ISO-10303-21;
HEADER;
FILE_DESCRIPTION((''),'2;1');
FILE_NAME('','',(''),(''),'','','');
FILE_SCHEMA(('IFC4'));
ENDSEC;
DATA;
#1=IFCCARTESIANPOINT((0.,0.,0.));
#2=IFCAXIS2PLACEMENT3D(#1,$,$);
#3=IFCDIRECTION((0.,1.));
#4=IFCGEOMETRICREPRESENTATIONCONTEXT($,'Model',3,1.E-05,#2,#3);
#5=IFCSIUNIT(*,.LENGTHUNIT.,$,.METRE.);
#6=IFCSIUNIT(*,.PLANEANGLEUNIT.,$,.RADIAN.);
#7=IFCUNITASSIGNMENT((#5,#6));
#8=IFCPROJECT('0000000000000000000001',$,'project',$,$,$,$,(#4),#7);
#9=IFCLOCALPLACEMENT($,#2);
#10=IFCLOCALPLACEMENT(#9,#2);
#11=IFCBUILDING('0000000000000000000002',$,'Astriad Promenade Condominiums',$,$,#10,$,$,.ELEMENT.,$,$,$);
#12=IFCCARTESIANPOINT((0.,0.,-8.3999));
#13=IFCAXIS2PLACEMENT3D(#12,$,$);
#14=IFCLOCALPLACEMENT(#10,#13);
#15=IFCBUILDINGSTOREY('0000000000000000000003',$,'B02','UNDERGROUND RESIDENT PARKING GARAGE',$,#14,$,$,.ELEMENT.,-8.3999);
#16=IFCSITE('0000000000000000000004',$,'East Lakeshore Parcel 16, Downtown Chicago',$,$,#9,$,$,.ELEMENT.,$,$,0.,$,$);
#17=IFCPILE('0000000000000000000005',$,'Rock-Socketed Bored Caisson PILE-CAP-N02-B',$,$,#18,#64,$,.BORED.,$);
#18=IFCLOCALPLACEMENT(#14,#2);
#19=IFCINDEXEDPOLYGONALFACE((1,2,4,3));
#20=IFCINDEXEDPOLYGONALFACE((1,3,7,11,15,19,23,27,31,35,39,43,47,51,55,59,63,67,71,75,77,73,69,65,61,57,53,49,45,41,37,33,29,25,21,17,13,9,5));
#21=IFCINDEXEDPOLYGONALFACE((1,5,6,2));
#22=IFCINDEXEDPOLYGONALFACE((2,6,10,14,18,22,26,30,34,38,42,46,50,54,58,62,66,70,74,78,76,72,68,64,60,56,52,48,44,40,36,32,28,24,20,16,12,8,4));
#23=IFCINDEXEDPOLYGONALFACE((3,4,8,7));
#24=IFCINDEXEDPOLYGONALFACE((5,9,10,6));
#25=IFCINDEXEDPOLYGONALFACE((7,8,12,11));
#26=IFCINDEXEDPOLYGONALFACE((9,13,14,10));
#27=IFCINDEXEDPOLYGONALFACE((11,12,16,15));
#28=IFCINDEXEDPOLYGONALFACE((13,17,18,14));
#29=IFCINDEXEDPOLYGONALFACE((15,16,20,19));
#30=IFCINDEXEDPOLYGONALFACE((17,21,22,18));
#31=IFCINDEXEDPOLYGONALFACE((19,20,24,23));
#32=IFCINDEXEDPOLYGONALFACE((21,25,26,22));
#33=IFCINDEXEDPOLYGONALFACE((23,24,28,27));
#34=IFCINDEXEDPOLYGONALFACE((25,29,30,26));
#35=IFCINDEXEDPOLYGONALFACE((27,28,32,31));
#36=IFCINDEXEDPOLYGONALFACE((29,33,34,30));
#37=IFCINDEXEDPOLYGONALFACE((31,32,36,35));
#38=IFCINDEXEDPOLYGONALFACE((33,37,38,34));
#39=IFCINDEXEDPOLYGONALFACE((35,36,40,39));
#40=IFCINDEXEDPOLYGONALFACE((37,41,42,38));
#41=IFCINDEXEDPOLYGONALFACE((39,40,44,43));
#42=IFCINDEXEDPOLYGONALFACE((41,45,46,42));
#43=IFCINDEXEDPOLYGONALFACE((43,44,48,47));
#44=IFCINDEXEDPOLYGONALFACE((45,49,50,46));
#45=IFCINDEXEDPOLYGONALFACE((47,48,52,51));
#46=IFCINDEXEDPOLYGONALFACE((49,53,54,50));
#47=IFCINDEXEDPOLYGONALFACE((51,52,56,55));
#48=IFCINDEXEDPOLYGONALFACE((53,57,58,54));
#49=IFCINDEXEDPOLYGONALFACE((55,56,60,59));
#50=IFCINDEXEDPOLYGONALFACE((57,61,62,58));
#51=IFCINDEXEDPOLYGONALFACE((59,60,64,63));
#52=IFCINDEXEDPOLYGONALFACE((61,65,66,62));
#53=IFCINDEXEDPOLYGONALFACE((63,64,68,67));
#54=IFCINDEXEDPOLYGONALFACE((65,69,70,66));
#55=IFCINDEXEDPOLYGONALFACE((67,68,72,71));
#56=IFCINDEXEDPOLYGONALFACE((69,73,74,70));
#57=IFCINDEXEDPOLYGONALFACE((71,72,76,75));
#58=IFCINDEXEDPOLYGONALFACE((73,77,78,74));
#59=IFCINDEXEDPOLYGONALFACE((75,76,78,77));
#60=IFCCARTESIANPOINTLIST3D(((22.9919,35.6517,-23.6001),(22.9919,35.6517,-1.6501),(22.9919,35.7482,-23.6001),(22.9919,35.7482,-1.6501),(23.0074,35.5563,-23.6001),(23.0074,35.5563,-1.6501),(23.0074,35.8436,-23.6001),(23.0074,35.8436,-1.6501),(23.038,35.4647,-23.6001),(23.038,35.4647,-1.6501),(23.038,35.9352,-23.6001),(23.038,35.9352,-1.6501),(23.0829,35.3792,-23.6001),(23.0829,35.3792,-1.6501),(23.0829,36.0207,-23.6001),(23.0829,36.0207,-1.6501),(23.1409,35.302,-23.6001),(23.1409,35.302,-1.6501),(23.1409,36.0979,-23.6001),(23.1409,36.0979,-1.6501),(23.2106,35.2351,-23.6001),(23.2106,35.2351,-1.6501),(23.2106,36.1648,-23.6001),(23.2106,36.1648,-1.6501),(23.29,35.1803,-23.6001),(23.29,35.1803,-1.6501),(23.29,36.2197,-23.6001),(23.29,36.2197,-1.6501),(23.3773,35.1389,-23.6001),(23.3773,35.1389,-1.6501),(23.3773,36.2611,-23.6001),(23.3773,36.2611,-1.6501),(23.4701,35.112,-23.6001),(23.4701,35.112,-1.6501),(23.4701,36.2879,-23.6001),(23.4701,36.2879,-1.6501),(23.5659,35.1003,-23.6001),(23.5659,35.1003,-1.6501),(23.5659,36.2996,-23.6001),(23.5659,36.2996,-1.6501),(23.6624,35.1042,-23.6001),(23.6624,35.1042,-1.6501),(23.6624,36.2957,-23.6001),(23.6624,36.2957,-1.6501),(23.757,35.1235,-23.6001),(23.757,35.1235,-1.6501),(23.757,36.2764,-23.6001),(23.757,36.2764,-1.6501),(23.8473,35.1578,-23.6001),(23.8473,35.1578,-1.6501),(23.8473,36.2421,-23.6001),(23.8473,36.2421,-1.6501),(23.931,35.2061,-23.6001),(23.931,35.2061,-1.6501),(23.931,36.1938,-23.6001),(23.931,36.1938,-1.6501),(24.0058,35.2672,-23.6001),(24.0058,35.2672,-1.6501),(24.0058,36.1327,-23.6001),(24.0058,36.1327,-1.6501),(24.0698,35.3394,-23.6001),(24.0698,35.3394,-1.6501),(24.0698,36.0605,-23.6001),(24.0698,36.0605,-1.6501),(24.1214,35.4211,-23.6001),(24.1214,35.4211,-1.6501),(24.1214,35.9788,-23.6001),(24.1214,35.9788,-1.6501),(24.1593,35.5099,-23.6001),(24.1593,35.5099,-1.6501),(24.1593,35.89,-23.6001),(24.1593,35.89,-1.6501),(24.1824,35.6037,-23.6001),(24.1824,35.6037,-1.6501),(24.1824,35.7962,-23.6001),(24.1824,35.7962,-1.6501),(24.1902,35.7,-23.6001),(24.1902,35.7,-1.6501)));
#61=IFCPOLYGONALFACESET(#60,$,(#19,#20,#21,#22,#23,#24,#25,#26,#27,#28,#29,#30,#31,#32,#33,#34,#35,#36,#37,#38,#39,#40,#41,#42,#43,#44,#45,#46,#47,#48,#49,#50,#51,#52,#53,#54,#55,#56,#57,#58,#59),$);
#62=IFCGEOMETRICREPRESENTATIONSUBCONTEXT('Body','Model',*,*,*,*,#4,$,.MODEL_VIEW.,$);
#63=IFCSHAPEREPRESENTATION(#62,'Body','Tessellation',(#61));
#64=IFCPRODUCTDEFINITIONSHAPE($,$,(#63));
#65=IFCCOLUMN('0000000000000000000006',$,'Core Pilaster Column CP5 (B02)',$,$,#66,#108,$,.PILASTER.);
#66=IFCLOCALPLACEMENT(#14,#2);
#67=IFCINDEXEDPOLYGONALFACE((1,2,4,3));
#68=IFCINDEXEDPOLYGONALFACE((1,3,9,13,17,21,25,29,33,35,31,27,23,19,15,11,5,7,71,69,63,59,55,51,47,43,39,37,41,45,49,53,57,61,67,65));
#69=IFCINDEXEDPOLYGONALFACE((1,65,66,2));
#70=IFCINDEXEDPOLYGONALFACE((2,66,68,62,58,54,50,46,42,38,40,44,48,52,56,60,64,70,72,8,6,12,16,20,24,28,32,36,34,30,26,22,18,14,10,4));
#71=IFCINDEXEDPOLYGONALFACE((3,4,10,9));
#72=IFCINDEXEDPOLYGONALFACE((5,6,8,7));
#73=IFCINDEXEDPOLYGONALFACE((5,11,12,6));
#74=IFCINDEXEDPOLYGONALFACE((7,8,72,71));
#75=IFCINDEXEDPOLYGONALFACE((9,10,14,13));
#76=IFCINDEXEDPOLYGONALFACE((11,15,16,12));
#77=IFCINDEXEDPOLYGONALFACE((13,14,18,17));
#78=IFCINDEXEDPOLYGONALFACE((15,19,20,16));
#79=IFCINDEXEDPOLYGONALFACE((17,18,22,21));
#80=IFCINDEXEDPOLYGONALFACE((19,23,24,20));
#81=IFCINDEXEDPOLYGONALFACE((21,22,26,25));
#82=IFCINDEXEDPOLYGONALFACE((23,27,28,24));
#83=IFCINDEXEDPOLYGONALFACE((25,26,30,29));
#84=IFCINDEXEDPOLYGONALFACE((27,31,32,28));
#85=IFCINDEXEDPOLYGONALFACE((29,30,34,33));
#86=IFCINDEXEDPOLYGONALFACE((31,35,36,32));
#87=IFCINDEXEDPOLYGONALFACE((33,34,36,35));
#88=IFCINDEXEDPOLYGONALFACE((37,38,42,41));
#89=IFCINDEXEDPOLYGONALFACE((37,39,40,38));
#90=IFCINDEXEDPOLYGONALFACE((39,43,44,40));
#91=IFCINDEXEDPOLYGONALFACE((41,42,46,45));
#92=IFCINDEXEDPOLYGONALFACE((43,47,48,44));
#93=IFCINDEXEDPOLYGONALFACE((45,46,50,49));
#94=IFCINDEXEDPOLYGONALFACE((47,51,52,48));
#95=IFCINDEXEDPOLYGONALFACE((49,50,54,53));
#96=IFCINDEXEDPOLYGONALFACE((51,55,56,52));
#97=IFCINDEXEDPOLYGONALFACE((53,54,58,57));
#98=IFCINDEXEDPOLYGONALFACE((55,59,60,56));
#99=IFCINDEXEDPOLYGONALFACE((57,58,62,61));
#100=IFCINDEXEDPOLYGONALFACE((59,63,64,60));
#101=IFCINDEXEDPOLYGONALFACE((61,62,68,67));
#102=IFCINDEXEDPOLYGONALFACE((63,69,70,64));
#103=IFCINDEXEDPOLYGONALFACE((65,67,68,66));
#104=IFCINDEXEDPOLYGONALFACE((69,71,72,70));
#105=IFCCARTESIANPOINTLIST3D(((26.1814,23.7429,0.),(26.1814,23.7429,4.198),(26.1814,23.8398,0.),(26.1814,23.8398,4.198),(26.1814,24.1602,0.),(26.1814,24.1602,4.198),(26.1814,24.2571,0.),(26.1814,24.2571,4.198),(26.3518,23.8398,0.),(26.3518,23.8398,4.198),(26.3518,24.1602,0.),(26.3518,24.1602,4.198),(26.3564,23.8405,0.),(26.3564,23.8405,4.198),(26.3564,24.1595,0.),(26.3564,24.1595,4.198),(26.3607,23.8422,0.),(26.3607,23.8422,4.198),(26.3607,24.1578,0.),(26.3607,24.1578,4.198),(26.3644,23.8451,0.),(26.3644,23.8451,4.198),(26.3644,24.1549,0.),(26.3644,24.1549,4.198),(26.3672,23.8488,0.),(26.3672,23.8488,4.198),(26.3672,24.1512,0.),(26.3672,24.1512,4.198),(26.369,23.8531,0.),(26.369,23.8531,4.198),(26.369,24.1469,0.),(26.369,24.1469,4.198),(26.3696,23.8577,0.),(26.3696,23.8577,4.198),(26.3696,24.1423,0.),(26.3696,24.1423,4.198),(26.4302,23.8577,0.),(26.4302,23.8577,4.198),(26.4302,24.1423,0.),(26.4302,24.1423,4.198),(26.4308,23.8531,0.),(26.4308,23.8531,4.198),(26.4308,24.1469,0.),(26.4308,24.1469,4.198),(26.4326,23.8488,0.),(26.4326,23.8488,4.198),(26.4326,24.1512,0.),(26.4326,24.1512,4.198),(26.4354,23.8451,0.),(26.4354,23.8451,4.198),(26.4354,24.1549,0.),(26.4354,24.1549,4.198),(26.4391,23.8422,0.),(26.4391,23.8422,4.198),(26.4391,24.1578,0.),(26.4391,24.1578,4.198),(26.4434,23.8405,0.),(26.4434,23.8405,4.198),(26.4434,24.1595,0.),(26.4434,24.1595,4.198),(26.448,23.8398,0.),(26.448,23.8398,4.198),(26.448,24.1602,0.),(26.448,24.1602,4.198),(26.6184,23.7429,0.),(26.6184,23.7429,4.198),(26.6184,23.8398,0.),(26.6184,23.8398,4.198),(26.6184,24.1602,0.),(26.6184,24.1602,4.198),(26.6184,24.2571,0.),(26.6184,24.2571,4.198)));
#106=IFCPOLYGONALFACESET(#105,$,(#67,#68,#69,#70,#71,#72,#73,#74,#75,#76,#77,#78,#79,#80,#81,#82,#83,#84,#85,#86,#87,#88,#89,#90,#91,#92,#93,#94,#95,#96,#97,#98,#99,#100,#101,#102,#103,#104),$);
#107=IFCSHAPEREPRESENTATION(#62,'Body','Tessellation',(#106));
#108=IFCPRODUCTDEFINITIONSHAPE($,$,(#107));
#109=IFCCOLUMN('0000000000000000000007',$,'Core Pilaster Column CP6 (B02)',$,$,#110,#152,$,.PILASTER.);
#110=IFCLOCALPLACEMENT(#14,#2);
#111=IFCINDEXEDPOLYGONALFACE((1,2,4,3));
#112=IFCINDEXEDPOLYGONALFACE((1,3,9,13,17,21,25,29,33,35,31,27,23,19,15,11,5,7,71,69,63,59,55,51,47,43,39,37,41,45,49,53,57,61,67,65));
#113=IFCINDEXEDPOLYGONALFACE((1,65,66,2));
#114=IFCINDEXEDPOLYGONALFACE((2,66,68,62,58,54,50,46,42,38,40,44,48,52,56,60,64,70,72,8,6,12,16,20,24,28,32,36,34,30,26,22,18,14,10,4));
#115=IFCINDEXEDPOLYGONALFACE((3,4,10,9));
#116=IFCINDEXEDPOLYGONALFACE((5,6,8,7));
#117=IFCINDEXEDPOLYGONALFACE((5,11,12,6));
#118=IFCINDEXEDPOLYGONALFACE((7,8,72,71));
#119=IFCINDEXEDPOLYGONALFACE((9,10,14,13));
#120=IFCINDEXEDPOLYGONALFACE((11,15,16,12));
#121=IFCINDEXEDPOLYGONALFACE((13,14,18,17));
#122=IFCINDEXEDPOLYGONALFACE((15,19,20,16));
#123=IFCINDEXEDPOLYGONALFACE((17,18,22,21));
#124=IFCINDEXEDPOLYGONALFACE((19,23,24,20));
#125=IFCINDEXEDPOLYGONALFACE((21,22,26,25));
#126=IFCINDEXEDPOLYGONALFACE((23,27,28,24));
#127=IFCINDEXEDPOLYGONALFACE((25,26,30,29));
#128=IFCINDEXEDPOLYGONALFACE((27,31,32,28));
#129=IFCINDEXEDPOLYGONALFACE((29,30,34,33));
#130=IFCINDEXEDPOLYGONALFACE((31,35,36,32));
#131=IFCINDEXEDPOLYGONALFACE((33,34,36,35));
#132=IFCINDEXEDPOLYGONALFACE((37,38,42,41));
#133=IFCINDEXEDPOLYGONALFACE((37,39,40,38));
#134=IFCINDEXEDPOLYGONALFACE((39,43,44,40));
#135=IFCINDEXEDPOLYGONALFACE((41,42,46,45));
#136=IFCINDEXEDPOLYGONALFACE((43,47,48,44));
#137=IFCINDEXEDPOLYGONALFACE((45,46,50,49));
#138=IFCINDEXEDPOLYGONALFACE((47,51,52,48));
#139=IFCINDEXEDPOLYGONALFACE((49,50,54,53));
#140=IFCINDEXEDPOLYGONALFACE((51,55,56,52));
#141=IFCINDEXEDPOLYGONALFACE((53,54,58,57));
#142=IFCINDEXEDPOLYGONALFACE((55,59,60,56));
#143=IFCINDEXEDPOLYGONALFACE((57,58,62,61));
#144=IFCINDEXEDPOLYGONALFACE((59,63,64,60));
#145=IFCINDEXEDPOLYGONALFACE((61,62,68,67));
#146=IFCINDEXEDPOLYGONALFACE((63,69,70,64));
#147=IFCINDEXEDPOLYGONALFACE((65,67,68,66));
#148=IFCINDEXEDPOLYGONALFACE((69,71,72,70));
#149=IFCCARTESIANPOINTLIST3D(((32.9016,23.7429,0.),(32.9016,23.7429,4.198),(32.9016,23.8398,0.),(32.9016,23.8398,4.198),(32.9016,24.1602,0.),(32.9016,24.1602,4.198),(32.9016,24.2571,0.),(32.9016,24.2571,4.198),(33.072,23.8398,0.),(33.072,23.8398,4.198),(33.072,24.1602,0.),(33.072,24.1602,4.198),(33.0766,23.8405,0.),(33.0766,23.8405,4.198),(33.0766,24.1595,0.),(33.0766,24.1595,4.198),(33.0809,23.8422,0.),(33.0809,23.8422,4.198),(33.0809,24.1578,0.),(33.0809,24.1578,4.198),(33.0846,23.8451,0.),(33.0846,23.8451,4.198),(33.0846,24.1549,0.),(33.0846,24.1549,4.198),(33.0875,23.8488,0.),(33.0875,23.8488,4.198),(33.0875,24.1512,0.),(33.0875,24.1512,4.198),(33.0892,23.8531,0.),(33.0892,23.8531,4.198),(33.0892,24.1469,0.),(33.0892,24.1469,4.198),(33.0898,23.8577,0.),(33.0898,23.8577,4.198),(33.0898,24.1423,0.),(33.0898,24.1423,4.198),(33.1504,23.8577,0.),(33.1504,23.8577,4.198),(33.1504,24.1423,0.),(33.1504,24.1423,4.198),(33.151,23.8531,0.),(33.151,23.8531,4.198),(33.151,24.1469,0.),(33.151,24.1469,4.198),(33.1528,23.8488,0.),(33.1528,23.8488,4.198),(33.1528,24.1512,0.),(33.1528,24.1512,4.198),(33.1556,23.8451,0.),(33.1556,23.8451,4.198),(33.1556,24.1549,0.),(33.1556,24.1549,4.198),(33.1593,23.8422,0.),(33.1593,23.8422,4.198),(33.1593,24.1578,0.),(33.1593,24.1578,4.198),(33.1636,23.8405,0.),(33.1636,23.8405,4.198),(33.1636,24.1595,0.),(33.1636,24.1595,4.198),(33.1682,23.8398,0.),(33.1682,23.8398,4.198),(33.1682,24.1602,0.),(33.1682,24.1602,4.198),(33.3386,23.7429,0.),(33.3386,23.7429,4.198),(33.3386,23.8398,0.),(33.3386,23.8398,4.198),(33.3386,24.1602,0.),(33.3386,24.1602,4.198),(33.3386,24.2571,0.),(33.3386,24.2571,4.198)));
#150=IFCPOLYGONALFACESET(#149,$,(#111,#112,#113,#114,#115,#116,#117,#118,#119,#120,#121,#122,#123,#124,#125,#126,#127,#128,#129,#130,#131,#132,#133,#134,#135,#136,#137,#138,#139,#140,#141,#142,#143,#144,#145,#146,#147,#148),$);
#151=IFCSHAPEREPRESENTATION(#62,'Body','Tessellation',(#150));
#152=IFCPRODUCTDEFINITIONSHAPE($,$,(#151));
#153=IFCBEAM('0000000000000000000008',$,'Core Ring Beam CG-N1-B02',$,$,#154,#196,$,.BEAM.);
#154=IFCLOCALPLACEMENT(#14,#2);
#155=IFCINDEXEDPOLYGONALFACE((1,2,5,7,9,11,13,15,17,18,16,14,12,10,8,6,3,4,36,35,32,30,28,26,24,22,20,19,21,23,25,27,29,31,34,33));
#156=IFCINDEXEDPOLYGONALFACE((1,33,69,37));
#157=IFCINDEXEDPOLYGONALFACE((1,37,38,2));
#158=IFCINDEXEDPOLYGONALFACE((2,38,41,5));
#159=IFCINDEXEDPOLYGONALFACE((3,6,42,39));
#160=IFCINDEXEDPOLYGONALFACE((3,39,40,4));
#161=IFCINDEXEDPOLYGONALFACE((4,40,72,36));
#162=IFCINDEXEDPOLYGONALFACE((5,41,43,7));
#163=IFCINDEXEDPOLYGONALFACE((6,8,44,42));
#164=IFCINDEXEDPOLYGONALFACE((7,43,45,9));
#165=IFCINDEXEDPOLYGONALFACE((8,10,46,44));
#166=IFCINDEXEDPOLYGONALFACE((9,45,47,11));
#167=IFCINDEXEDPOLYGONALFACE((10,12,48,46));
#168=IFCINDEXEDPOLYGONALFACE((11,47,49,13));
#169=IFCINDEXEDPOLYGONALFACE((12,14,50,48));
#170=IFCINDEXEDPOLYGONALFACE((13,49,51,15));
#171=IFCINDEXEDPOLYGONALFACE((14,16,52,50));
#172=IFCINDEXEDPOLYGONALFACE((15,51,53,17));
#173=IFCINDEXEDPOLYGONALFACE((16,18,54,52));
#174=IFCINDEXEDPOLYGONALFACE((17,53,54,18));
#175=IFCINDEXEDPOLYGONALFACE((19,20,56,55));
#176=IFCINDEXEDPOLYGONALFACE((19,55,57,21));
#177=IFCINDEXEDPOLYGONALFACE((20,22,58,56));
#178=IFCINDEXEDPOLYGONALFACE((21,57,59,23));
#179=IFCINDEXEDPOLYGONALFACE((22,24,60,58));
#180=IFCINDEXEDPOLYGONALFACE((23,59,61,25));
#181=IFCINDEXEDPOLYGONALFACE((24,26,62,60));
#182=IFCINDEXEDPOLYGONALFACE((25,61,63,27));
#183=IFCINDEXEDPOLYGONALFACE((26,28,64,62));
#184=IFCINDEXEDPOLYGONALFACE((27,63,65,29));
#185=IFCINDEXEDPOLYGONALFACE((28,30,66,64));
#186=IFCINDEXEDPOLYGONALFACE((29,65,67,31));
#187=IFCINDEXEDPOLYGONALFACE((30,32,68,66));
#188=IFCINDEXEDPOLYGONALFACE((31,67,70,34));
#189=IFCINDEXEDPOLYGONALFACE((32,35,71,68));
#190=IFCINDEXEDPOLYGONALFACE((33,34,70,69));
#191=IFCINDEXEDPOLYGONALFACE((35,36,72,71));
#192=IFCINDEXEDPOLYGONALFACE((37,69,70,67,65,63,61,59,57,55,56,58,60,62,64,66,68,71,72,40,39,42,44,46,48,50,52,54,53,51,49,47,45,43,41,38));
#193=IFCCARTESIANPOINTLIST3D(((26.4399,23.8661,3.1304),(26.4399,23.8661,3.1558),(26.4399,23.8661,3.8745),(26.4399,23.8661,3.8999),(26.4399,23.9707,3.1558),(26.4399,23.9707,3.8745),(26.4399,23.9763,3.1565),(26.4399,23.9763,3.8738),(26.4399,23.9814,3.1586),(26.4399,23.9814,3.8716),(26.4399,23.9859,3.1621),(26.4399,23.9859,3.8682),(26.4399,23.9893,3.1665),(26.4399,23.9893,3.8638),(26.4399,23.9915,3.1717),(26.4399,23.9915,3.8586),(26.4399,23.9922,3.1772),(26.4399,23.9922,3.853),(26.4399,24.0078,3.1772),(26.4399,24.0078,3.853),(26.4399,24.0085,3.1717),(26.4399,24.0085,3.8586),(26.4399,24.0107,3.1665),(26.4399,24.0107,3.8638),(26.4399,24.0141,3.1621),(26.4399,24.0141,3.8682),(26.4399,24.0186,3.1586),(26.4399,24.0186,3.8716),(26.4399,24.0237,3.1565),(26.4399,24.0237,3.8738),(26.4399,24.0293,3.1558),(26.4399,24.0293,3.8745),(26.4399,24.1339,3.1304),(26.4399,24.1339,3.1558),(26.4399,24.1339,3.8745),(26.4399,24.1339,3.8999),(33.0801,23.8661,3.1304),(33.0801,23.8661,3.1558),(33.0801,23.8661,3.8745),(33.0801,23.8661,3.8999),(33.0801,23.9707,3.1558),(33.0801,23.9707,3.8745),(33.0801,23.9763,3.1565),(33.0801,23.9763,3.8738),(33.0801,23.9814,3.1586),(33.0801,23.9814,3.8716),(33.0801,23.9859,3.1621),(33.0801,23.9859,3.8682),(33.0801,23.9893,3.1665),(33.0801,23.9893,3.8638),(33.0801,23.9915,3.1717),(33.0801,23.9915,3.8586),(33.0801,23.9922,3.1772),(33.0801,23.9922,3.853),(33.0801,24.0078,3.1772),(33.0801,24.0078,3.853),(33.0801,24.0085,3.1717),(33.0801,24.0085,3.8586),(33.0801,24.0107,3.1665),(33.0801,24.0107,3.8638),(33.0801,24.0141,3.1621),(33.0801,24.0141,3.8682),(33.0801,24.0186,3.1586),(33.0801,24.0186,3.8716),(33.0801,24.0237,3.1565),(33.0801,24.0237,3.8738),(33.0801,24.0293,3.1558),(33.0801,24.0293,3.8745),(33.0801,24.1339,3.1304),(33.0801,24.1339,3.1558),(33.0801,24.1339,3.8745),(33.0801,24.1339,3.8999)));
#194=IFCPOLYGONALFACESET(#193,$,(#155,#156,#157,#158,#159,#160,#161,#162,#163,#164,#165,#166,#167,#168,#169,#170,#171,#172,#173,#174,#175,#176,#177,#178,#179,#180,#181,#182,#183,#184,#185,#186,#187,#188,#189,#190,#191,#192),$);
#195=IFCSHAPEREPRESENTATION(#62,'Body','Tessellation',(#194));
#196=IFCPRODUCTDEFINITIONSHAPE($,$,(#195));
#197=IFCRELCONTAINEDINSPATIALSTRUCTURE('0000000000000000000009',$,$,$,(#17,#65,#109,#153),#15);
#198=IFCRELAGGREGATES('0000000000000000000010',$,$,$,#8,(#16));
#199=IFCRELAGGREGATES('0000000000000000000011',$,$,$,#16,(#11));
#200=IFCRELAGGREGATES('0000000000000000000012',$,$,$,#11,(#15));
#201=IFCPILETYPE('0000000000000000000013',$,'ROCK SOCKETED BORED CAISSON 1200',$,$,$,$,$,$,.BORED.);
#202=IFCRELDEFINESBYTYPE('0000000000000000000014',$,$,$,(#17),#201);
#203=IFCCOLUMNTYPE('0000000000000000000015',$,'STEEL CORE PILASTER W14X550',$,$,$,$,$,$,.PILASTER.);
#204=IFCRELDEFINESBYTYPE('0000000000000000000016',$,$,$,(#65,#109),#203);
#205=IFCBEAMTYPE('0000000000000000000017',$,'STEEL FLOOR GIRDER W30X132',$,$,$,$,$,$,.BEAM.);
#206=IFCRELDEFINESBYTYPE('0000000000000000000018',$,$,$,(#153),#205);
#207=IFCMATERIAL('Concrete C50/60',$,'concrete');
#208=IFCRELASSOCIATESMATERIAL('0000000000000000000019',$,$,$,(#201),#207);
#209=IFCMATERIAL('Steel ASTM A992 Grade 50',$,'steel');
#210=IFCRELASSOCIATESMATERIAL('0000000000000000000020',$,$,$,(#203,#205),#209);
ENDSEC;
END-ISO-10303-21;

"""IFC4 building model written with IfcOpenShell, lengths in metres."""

from ifc_helpers import new_model, si_unit, direction, frame, origin, origin_2d, place, context, subcontext, project, spatial, circle, i_section, extrude, source, transform, mapped, material, material_profile, profile_set, type_object, type_shapes, element, save


model = new_model("IFC4")

# Units and contexts
model_context = context("Model", 3, precision=1e-05, world=origin(), true_north=direction((0.0, 1.0)))
body_context = subcontext(model_context, "Body", "Model", "MODEL_VIEW")
ifc_project = project(units=[si_unit("LENGTHUNIT", "METRE"), si_unit("PLANEANGLEUNIT", "RADIAN")], contexts=[model_context])

# Site, building, storey
site_placement = place(None, origin())
site = spatial("IfcSite", under=ifc_project, at=site_placement, Name="East Lakeshore Parcel 16, Downtown Chicago", CompositionType="ELEMENT", RefElevation=0.0)
building_placement = place(site_placement, origin())
building = spatial("IfcBuilding", under=site, at=building_placement, Name="Astriad Promenade Condominiums", CompositionType="ELEMENT")
storey_placement = place(building_placement, frame((0.0, 0.0, -8.3999)))
storey = spatial("IfcBuildingStorey", under=building, at=storey_placement, Name="B02", Description="UNDERGROUND RESIDENT PARKING GARAGE", CompositionType="ELEMENT", Elevation=-8.3999)

# Pile
ifc_material_1 = material(Name="Concrete C50/60", Category="concrete")
ifc_material_profile_1 = material_profile(ifc_material_1, circle(Radius=0.6001, at=origin_2d()), Name="CAISSON-D1200")
ifc_profile_set_1 = profile_set([ifc_material_profile_1], Name="Concrete C50/60")
pile_type_1 = type_object("IfcPileType", Name="ROCK SOCKETED BORED CAISSON 1200", PredefinedType="BORED", material=ifc_profile_set_1)
shared_shape_1 = source(origin(), body_context, "Body", "SweptSolid", [
    extrude(circle(Radius=0.6001, at=origin_2d()), origin(), (0.0, 0.0, 1.0), 21.95),
])
type_shapes(pile_type_1, [shared_shape_1])
pile_placement = place(storey_placement, frame((23.5901, 35.7, -1.6501), z_axis=(0.0, 0.0, -1.0), x_axis=(1.0, 0.0, 0.0)))
element("IfcPile", 1, at=pile_placement, inside=storey, type_object=pile_type_1, Name="Rock-Socketed Bored Caisson PILE-CAP-N02-B", PredefinedType="BORED", context=body_context, shape_type="MappedRepresentation", body=[
    mapped(shared_shape_1, transform((0.0, 0.0, 0.0), scale=1.0)),
])

# Columns
ifc_material_2 = material(Name="Steel ASTM A992 Grade 50", Category="steel")
ifc_material_profile_2 = material_profile(ifc_material_2, i_section(OverallWidth=0.437, OverallDepth=0.5142, WebThickness=0.0605, FlangeThickness=0.0969, FilletRadius=0.0178, at=origin_2d()), Name="W14X550")
ifc_profile_set_2 = profile_set([ifc_material_profile_2], Name="Steel ASTM A992 Grade 50")
column_type = type_object("IfcColumnType", Name="STEEL CORE PILASTER W14X550", PredefinedType="PILASTER", material=ifc_profile_set_2)
shared_shape_2 = source(origin(), body_context, "Body", "SweptSolid", [
    extrude(i_section(OverallWidth=0.437, OverallDepth=0.5142, WebThickness=0.0605, FlangeThickness=0.0969, FilletRadius=0.0178, at=origin_2d()), origin(), (0.0, 0.0, 1.0), 4.198),
])
type_shapes(column_type, [shared_shape_2])
for number, where, z_axis, x_axis, name in (
    (2, (26.3999, 24.0, 0.0), (0.0, 0.0, 1.0), (1.0, 0.0, 0.0), "Core Pilaster Column CP5 (B02)"),
    (3, (33.1201, 24.0, 0.0), (0.0, 0.0, 1.0), (1.0, 0.0, 0.0), "Core Pilaster Column CP6 (B02)"),
):
    element("IfcColumn", number, at=place(storey_placement, frame(where, z_axis=z_axis, x_axis=x_axis)), inside=storey, type_object=column_type, Name=name, PredefinedType="PILASTER", context=body_context, shape_type="MappedRepresentation", body=[
        mapped(shared_shape_2, transform((0.0, 0.0, 0.0), scale=1.0)),
    ])

# Beam
ifc_material_profile_3 = material_profile(ifc_material_2, i_section(OverallWidth=0.2678, OverallDepth=0.7695, WebThickness=0.0156, FlangeThickness=0.0254, FilletRadius=0.0215, at=origin_2d()), Name="W30X132")
ifc_profile_set_3 = profile_set([ifc_material_profile_3], Name="Steel ASTM A992 Grade 50")
beam_type_1 = type_object("IfcBeamType", Name="STEEL FLOOR GIRDER W30X132", PredefinedType="BEAM", material=ifc_profile_set_3)
shared_shape_3 = source(origin(), body_context, "Body", "SweptSolid", [
    extrude(i_section(OverallWidth=0.2678, OverallDepth=0.7695, WebThickness=0.0156, FlangeThickness=0.0254, FilletRadius=0.0215, at=origin_2d()), origin(), (0.0, 0.0, 1.0), 6.6401),
])
type_shapes(beam_type_1, [shared_shape_3])
beam_1_placement = place(storey_placement, frame((26.4399, 24.0, 3.5151), z_axis=(1.0, 0.0, 0.0), x_axis=(0.0, 1.0, 0.0)))
element("IfcBeam", 4, at=beam_1_placement, inside=storey, type_object=beam_type_1, Name="Core Ring Beam CG-N1-B02", PredefinedType="BEAM", context=body_context, shape_type="MappedRepresentation", body=[
    mapped(shared_shape_3, transform((0.0, 0.0, 0.0), scale=1.0)),
])

save(model, "model.ifc")
